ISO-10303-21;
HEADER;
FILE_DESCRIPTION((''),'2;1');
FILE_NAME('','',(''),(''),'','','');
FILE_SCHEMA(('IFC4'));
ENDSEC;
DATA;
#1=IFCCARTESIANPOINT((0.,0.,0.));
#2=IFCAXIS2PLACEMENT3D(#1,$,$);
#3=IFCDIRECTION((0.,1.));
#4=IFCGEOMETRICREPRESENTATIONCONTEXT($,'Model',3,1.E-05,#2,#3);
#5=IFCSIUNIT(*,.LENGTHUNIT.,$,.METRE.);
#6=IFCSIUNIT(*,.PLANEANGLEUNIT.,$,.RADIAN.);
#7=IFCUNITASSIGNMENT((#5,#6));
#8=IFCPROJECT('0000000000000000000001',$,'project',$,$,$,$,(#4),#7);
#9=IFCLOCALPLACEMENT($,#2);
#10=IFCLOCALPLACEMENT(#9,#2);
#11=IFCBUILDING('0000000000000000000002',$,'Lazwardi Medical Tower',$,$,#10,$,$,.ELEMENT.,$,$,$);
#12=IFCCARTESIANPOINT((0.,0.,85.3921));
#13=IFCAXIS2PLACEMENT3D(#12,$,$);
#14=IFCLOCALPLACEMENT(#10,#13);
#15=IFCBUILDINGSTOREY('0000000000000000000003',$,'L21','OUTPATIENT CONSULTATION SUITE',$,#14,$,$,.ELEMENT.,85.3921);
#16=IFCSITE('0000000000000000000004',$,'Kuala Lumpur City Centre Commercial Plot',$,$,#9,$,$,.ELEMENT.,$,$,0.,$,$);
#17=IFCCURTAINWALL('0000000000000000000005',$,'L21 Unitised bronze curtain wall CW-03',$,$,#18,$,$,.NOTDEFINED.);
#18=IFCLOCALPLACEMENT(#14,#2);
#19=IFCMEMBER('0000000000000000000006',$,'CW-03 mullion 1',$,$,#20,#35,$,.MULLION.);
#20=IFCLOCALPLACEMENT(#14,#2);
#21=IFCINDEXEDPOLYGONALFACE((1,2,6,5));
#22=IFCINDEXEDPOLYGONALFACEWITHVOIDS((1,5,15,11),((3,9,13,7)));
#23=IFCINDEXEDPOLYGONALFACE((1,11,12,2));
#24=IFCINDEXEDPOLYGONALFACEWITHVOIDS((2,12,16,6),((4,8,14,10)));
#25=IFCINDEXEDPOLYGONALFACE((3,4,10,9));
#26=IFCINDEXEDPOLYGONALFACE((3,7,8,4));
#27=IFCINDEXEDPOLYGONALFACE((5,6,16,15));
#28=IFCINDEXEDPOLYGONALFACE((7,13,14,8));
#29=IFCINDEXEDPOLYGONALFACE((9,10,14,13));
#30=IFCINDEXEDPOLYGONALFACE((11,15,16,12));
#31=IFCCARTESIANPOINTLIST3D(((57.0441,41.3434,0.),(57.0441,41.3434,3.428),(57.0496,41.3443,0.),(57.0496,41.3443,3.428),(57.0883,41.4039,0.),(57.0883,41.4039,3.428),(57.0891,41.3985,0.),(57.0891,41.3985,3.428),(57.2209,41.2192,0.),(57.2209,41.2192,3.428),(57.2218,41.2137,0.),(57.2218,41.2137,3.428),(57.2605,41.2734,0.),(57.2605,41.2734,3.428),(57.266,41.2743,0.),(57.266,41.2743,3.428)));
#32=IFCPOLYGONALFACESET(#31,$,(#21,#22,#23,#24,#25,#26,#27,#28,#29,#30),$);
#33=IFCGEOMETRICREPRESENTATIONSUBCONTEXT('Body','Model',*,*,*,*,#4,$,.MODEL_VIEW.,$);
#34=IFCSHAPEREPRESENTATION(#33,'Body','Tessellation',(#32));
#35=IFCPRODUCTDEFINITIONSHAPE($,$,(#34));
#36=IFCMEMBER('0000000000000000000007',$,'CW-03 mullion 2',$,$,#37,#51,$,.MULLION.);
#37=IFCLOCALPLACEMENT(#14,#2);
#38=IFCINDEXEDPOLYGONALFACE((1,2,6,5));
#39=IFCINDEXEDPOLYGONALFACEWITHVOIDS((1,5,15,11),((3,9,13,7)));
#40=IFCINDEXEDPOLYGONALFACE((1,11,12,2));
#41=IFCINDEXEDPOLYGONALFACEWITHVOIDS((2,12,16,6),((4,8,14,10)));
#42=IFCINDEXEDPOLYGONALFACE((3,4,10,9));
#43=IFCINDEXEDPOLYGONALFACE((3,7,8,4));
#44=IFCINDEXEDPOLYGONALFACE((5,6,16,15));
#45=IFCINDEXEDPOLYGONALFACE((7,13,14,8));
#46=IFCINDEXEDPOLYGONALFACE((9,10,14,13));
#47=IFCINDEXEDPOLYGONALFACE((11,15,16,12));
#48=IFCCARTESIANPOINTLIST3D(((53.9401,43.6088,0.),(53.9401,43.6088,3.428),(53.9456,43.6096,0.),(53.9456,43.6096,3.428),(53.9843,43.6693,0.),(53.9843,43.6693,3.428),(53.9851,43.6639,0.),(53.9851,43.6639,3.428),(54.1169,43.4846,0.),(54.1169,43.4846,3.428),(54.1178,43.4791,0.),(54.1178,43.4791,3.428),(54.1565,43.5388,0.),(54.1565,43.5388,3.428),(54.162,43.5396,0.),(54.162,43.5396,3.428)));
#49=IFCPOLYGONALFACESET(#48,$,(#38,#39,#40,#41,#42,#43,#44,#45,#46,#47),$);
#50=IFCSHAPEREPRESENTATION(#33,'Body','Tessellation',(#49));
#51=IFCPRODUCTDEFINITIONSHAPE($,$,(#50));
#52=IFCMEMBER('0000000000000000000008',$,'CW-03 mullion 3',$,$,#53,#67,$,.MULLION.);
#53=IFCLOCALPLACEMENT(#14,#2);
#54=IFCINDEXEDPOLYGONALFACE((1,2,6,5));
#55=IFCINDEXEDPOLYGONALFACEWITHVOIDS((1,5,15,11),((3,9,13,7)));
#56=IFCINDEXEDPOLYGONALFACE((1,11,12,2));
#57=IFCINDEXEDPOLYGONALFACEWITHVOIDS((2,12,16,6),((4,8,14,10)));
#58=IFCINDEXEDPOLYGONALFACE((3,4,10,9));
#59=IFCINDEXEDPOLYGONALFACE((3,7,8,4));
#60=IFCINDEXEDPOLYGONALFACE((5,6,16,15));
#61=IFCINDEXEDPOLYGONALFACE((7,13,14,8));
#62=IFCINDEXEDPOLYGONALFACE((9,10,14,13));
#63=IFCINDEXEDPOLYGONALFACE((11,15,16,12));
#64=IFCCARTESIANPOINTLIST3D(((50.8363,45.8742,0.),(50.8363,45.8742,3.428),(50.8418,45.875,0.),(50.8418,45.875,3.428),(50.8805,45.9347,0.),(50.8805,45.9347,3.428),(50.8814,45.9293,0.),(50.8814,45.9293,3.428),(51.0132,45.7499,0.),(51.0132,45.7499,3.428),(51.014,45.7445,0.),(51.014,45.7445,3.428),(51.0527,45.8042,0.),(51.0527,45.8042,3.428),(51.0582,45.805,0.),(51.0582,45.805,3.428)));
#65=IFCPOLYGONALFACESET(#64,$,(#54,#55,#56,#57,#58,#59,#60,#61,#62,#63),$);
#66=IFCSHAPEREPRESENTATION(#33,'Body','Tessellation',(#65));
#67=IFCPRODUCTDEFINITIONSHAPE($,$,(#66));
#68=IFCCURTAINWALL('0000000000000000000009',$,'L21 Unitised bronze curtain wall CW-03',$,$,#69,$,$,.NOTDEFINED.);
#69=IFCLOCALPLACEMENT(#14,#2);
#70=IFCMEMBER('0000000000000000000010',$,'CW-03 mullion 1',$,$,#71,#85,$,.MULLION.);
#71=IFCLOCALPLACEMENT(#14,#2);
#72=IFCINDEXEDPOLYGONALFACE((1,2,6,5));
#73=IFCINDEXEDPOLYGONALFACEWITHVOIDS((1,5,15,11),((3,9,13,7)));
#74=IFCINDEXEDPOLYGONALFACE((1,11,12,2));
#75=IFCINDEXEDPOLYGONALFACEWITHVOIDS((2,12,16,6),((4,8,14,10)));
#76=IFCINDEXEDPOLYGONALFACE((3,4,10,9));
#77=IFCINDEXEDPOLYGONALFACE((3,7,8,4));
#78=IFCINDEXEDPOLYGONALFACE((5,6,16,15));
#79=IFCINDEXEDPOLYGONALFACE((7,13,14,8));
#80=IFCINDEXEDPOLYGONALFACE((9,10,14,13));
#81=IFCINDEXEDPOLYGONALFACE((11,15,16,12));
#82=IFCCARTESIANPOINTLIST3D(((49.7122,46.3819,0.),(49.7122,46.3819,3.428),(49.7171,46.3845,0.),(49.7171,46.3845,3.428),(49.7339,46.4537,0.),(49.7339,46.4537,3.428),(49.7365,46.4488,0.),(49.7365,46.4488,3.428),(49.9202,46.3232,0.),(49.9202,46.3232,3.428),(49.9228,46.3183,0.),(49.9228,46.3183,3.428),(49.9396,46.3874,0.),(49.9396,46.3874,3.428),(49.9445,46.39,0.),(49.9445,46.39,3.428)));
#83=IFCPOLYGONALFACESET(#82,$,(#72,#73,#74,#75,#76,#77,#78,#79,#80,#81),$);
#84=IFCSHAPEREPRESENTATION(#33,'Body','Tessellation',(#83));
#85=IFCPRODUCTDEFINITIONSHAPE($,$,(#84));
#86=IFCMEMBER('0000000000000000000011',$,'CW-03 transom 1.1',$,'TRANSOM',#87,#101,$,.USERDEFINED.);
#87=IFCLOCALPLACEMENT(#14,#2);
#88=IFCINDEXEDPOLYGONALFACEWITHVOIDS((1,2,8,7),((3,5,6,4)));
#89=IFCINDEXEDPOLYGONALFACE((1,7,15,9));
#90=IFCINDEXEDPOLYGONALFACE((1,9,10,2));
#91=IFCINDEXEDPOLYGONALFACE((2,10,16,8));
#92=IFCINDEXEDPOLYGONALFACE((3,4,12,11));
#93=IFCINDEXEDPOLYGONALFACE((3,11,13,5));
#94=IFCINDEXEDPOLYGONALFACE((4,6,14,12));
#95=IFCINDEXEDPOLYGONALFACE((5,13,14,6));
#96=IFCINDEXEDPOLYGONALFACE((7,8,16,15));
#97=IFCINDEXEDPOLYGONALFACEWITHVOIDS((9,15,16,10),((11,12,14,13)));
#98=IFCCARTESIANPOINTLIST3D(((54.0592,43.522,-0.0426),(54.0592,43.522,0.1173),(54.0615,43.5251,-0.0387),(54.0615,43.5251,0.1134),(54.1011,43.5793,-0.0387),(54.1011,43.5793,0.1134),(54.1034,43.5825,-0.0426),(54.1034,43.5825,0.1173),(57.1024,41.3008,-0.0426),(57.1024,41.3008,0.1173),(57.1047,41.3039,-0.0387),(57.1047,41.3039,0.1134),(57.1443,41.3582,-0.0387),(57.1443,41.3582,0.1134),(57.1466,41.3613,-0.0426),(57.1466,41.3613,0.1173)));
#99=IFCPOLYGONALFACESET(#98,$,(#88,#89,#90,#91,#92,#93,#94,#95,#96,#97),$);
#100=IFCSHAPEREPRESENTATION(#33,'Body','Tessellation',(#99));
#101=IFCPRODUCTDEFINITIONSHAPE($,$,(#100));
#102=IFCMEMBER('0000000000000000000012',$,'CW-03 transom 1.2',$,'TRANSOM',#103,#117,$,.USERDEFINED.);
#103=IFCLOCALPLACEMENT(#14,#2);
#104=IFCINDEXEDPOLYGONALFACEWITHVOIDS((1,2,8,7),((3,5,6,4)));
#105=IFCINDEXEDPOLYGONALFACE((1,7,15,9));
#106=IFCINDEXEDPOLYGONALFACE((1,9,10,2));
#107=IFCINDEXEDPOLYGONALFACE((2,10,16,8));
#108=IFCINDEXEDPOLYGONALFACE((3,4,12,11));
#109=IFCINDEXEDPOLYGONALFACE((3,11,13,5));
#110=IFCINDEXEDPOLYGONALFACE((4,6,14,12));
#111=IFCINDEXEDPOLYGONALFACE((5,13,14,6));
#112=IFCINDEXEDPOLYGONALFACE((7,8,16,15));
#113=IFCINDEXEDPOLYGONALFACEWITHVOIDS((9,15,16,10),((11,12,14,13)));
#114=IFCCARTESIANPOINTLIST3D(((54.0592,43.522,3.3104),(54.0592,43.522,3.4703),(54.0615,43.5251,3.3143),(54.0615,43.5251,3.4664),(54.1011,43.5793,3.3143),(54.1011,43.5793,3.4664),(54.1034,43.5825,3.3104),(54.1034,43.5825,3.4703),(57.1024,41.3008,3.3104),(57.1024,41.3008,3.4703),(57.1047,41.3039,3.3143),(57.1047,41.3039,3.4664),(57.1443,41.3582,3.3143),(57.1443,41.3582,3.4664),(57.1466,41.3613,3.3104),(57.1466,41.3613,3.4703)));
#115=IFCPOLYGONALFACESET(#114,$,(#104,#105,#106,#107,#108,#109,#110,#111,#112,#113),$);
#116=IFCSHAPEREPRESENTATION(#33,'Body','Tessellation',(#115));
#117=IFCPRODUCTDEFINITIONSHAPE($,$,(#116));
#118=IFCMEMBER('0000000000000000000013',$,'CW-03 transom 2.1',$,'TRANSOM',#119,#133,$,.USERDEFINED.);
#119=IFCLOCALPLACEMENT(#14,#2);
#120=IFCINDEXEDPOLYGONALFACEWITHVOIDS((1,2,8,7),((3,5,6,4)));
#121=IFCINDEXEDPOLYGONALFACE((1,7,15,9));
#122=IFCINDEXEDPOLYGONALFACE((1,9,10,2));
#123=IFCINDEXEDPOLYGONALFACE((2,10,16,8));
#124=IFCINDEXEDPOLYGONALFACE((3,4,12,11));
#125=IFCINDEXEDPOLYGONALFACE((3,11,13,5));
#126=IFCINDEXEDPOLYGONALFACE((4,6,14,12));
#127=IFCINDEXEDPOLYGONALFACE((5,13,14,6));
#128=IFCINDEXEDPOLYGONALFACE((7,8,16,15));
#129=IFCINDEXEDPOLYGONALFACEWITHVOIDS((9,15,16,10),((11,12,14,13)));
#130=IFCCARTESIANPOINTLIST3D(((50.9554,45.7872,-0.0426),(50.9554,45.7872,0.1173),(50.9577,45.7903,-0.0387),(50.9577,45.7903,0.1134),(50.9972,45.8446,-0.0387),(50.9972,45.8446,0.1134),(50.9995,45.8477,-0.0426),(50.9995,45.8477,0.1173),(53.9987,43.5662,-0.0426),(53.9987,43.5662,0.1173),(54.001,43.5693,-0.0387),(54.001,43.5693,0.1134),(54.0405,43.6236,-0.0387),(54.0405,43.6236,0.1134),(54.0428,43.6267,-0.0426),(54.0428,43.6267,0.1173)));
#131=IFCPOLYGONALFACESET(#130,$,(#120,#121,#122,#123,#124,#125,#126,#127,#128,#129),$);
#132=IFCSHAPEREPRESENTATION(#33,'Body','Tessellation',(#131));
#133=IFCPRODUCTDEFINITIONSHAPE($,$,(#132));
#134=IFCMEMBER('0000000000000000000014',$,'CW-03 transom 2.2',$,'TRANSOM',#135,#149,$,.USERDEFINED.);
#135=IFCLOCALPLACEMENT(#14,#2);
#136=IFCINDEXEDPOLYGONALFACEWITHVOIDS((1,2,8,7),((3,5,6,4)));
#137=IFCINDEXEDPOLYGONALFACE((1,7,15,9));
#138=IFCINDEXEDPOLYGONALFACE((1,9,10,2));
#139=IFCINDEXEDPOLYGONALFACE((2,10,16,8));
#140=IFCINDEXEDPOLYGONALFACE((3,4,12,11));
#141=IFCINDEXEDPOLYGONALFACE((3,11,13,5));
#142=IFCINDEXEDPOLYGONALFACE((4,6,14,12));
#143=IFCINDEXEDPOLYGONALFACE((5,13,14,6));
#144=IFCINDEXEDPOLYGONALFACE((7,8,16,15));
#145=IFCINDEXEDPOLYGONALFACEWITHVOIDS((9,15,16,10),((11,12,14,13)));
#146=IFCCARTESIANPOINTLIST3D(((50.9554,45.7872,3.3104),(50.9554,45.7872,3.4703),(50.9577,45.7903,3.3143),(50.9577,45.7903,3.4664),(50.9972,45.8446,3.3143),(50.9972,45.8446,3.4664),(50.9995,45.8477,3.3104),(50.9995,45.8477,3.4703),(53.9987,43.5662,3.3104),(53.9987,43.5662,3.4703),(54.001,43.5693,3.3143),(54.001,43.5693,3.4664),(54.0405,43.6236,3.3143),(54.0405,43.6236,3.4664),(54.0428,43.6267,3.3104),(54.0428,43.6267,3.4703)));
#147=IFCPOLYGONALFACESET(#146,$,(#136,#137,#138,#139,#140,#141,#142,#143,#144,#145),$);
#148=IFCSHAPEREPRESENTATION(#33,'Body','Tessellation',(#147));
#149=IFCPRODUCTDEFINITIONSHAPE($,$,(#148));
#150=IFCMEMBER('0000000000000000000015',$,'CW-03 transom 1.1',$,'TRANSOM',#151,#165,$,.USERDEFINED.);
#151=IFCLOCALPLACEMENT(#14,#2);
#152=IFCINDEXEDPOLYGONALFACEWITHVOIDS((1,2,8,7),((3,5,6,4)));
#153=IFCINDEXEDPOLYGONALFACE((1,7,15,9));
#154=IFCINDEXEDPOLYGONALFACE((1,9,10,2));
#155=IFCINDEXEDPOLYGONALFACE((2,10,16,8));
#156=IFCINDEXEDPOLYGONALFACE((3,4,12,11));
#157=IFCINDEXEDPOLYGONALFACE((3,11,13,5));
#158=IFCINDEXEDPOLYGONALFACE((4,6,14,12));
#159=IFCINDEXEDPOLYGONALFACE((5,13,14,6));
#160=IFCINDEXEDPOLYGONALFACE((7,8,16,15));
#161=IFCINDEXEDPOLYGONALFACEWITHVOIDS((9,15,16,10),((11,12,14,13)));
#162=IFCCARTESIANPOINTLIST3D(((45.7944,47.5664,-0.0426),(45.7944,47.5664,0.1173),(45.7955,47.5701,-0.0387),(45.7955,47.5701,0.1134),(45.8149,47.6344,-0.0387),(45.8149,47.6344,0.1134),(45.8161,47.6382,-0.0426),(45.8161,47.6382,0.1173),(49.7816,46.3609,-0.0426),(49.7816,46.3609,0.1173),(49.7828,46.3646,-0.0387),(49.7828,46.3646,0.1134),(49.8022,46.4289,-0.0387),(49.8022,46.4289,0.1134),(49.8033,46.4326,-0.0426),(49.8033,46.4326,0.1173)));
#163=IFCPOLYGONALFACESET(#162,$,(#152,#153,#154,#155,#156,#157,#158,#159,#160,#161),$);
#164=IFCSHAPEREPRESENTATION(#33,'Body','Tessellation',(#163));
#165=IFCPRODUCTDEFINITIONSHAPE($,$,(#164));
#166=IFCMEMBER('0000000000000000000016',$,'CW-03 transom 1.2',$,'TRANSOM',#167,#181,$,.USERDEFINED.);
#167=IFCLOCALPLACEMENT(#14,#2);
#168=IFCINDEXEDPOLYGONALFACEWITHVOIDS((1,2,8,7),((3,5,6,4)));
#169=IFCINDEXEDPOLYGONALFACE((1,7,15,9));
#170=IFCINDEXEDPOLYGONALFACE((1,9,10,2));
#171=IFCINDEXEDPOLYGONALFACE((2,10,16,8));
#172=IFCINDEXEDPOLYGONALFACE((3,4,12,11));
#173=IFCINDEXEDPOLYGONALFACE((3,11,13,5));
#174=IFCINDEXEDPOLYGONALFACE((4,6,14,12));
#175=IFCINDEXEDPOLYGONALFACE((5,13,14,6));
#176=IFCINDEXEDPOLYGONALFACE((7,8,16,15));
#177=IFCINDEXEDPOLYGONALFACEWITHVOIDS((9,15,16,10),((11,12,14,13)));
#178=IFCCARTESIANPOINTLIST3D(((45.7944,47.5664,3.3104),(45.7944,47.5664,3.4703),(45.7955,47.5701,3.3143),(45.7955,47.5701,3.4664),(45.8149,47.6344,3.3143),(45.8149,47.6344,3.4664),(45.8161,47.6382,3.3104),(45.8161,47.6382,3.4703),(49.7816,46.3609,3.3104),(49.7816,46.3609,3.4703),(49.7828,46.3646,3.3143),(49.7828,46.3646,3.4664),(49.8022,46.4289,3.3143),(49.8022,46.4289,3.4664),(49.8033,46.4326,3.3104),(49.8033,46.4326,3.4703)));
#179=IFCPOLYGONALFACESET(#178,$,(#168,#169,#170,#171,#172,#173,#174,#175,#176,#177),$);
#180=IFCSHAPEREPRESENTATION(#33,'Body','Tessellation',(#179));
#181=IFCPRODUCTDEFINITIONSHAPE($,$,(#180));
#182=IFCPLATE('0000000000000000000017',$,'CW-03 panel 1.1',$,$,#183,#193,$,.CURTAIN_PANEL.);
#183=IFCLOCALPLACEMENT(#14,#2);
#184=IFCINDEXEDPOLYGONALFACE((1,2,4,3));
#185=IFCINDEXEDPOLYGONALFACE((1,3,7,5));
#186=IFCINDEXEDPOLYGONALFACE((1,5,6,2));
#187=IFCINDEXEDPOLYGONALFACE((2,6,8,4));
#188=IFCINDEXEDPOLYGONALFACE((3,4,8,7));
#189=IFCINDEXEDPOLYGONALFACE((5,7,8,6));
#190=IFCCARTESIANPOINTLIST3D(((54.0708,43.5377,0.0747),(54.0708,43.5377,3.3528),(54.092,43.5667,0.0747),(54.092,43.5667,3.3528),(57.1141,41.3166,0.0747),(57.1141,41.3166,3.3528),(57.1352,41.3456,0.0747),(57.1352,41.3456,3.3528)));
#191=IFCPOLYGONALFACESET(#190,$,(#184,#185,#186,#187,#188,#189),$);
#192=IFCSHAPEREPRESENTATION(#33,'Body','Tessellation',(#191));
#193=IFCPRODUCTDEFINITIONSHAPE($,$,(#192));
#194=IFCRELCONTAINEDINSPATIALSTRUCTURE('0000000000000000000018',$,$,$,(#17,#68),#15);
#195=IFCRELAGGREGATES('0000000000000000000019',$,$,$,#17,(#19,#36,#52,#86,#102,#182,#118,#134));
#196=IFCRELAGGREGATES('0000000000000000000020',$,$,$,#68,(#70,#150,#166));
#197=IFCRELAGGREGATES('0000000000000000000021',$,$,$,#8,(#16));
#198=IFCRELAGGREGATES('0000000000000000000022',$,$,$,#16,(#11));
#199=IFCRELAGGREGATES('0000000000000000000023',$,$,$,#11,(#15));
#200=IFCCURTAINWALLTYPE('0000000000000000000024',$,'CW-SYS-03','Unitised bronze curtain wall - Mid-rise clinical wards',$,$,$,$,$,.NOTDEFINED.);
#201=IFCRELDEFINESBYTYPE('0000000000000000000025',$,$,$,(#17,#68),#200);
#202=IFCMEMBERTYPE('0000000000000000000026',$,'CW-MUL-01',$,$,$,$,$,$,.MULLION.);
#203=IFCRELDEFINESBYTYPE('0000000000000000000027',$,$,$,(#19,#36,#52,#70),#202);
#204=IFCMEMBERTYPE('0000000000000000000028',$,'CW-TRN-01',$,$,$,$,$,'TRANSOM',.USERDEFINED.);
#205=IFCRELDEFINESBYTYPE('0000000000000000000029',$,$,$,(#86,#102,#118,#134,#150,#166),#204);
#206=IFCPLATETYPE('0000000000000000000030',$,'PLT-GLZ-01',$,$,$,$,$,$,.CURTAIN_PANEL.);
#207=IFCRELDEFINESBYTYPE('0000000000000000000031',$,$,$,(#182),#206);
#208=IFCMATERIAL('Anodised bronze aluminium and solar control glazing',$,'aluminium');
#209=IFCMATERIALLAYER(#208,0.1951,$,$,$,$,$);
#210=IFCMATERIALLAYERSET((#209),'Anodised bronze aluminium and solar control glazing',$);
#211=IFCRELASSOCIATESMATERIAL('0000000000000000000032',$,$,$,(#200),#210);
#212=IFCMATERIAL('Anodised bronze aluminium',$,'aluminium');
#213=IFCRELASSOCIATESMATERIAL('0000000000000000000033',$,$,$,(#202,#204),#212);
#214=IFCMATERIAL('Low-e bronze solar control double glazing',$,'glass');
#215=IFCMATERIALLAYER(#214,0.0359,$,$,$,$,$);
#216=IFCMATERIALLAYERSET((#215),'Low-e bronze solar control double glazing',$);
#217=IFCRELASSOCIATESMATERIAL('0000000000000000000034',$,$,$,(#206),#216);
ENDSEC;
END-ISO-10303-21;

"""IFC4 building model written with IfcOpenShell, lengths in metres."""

from ifc_helpers import new_model, si_unit, direction, frame, origin, origin_2d, place, context, subcontext, project, spatial, rectangle, hollow_rectangle, extrude, material, layer, layer_set, material_profile, profile_set, type_object, element, aggregate, save


model = new_model("IFC4")

# Units and contexts
model_context = context("Model", 3, precision=1e-05, world=origin(), true_north=direction((0.0, 1.0)))
body_context = subcontext(model_context, "Body", "Model", "MODEL_VIEW")
ifc_project = project(units=[si_unit("LENGTHUNIT", "METRE"), si_unit("PLANEANGLEUNIT", "RADIAN")], contexts=[model_context])

# Site, building, storey
site_placement = place(None, origin())
site = spatial("IfcSite", under=ifc_project, at=site_placement, Name="Kuala Lumpur City Centre Commercial Plot", CompositionType="ELEMENT", RefElevation=0.0)
building_placement = place(site_placement, origin())
building = spatial("IfcBuilding", under=site, at=building_placement, Name="Lazwardi Medical Tower", CompositionType="ELEMENT")
storey_placement = place(building_placement, frame((0.0, 0.0, 85.3921)))
storey = spatial("IfcBuildingStorey", under=building, at=storey_placement, Name="L21", Description="OUTPATIENT CONSULTATION SUITE", CompositionType="ELEMENT", Elevation=85.3921)

# Shared definitions
ifc_material_1 = material(Name="Anodised bronze aluminium and solar control glazing", Category="aluminium")
ifc_layer_1 = layer(ifc_material_1, 0.1951)
ifc_layer_set_1 = layer_set([ifc_layer_1], Name="Anodised bronze aluminium and solar control glazing")
curtain_wall_type = type_object("IfcCurtainWallType", Name="CW-SYS-03", Description="Unitised bronze curtain wall - Mid-rise clinical wards", PredefinedType="NOTDEFINED", material=ifc_layer_set_1)
ifc_material_2 = material(Name="Anodised bronze aluminium", Category="aluminium")
ifc_material_profile_1 = material_profile(ifc_material_2, hollow_rectangle(XDim=0.075, YDim=0.22, WallThickness=0.0039, at=origin_2d()), Name="ALU-MULLION 220x75x4")
ifc_profile_set_1 = profile_set([ifc_material_profile_1], Name="Anodised bronze aluminium")
member_type_1 = type_object("IfcMemberType", Name="CW-MUL-01", PredefinedType="MULLION", material=ifc_profile_set_1)

# Curtain wall, members
curtain_wall_1_placement = place(storey_placement, origin())
curtain_wall_1 = element("IfcCurtainWall", 1, at=curtain_wall_1_placement, inside=storey, type_object=curtain_wall_type, Name="L21 Unitised bronze curtain wall CW-03", PredefinedType="NOTDEFINED")
member_1_placement = place(storey_placement, frame((57.155, 41.3088, 0.0), z_axis=(0.0, 0.0, 1.0), x_axis=(-0.589531, -0.807746, 0.0)))
member_1 = element("IfcMember", 2, at=member_1_placement, type_object=member_type_1, Name="CW-03 mullion 1", PredefinedType="MULLION", context=body_context, shape_type="SweptSolid", body=[
    extrude(hollow_rectangle(XDim=0.075, YDim=0.22, WallThickness=0.0039, at=origin_2d()), origin(), (0.0, 0.0, 1.0), 3.428),
])
member_2_placement = place(storey_placement, frame((54.051, 43.5742, 0.0), z_axis=(0.0, 0.0, 1.0), x_axis=(-0.589531, -0.807746, 0.0)))
member_2 = element("IfcMember", 3, at=member_2_placement, type_object=member_type_1, Name="CW-03 mullion 2", PredefinedType="MULLION", context=body_context, shape_type="SweptSolid", body=[
    extrude(hollow_rectangle(XDim=0.075, YDim=0.22, WallThickness=0.0039, at=origin_2d()), origin(), (0.0, 0.0, 1.0), 3.428),
])
member_3_placement = place(storey_placement, frame((50.9473, 45.8396, 0.0), z_axis=(0.0, 0.0, 1.0), x_axis=(-0.589531, -0.807746, 0.0)))
member_3 = element("IfcMember", 4, at=member_3_placement, type_object=member_type_1, Name="CW-03 mullion 3", PredefinedType="MULLION", context=body_context, shape_type="SweptSolid", body=[
    extrude(hollow_rectangle(XDim=0.075, YDim=0.22, WallThickness=0.0039, at=origin_2d()), origin(), (0.0, 0.0, 1.0), 3.428),
])

# Curtain wall, member
curtain_wall_2_placement = place(storey_placement, origin())
curtain_wall_2 = element("IfcCurtainWall", 5, at=curtain_wall_2_placement, inside=storey, type_object=curtain_wall_type, Name="L21 Unitised bronze curtain wall CW-03", PredefinedType="NOTDEFINED")
member_4_placement = place(storey_placement, frame((49.8284, 46.386, 0.0), z_axis=(0.0, 0.0, 1.0), x_axis=(-0.289374, -0.957216, 0.0)))
member_4 = element("IfcMember", 6, at=member_4_placement, type_object=member_type_1, Name="CW-03 mullion 1", PredefinedType="MULLION", context=body_context, shape_type="SweptSolid", body=[
    extrude(hollow_rectangle(XDim=0.075, YDim=0.22, WallThickness=0.0039, at=origin_2d()), origin(), (0.0, 0.0, 1.0), 3.428),
])

# Members
ifc_material_profile_2 = material_profile(ifc_material_2, hollow_rectangle(XDim=0.075, YDim=0.1599, WallThickness=0.0039, at=origin_2d()), Name="ALU-TRANSOM 160x75x4")
ifc_profile_set_2 = profile_set([ifc_material_profile_2], Name="Anodised bronze aluminium")
member_type_2 = type_object("IfcMemberType", Name="CW-TRN-01", ElementType="TRANSOM", PredefinedType="USERDEFINED", material=ifc_profile_set_2)
member_5_placement = place(storey_placement, frame((57.1245, 41.3311, 0.0374), z_axis=(-0.807732, 0.58955, 0.0), x_axis=(-0.58955, -0.807732, 0.0)))
member_5 = element("IfcMember", 7, at=member_5_placement, type_object=member_type_2, Name="CW-03 transom 1.1", ObjectType="TRANSOM", PredefinedType="USERDEFINED", context=body_context, shape_type="SweptSolid", body=[
    extrude(hollow_rectangle(XDim=0.075, YDim=0.1599, WallThickness=0.0039, at=origin_2d()), origin(), (0.0, 0.0, 1.0), 3.7676),
])
member_6_placement = place(storey_placement, frame((57.1245, 41.3311, 3.3904), z_axis=(-0.807732, 0.58955, 0.0), x_axis=(-0.58955, -0.807732, 0.0)))
member_6 = element("IfcMember", 8, at=member_6_placement, type_object=member_type_2, Name="CW-03 transom 1.2", ObjectType="TRANSOM", PredefinedType="USERDEFINED", context=body_context, shape_type="SweptSolid", body=[
    extrude(hollow_rectangle(XDim=0.075, YDim=0.1599, WallThickness=0.0039, at=origin_2d()), origin(), (0.0, 0.0, 1.0), 3.7676),
])
member_7_placement = place(storey_placement, frame((54.0208, 43.5964, 0.0374), z_axis=(-0.807763, 0.589508, 0.0), x_axis=(-0.589508, -0.807763, 0.0)))
member_7 = element("IfcMember", 9, at=member_7_placement, type_object=member_type_2, Name="CW-03 transom 2.1", ObjectType="TRANSOM", PredefinedType="USERDEFINED", context=body_context, shape_type="SweptSolid", body=[
    extrude(hollow_rectangle(XDim=0.075, YDim=0.1599, WallThickness=0.0039, at=origin_2d()), origin(), (0.0, 0.0, 1.0), 3.7676),
])
member_8_placement = place(storey_placement, frame((54.0208, 43.5964, 3.3904), z_axis=(-0.807763, 0.589508, 0.0), x_axis=(-0.589508, -0.807763, 0.0)))
member_8 = element("IfcMember", 10, at=member_8_placement, type_object=member_type_2, Name="CW-03 transom 2.2", ObjectType="TRANSOM", PredefinedType="USERDEFINED", context=body_context, shape_type="SweptSolid", body=[
    extrude(hollow_rectangle(XDim=0.075, YDim=0.1599, WallThickness=0.0039, at=origin_2d()), origin(), (0.0, 0.0, 1.0), 3.7676),
])
member_9_placement = place(storey_placement, frame((49.7925, 46.3967, 0.0374), z_axis=(-0.957205, 0.289412, 0.0), x_axis=(-0.289412, -0.957205, 0.0)))
member_9 = element("IfcMember", 11, at=member_9_placement, type_object=member_type_2, Name="CW-03 transom 1.1", ObjectType="TRANSOM", PredefinedType="USERDEFINED", context=body_context, shape_type="SweptSolid", body=[
    extrude(hollow_rectangle(XDim=0.075, YDim=0.1599, WallThickness=0.0039, at=origin_2d()), origin(), (0.0, 0.0, 1.0), 4.1655),
])
member_10_placement = place(storey_placement, frame((49.7925, 46.3967, 3.3904), z_axis=(-0.957205, 0.289412, 0.0), x_axis=(-0.289412, -0.957205, 0.0)))
member_10 = element("IfcMember", 12, at=member_10_placement, type_object=member_type_2, Name="CW-03 transom 1.2", ObjectType="TRANSOM", PredefinedType="USERDEFINED", context=body_context, shape_type="SweptSolid", body=[
    extrude(hollow_rectangle(XDim=0.075, YDim=0.1599, WallThickness=0.0039, at=origin_2d()), origin(), (0.0, 0.0, 1.0), 4.1655),
])

# Plate
ifc_material_3 = material(Name="Low-e bronze solar control double glazing", Category="glass")
ifc_layer_2 = layer(ifc_material_3, 0.0359)
ifc_layer_set_2 = layer_set([ifc_layer_2], Name="Low-e bronze solar control double glazing")
plate_type = type_object("IfcPlateType", Name="PLT-GLZ-01", PredefinedType="CURTAIN_PANEL", material=ifc_layer_set_2)
plate_1_placement = place(storey_placement, frame((55.603, 42.4417, 0.0747), z_axis=(0.0, 0.0, 1.0), x_axis=(-0.807746, 0.589531, 0.0)))
plate_1 = element("IfcPlate", 13, at=plate_1_placement, type_object=plate_type, Name="CW-03 panel 1.1", PredefinedType="CURTAIN_PANEL", context=body_context, shape_type="SweptSolid", body=[
    extrude(rectangle(XDim=3.7676, YDim=0.0359, at=origin_2d()), origin(), (0.0, 0.0, 1.0), 3.2781),
])
aggregate(curtain_wall_1, [member_1, member_2, member_3, member_5, member_6, plate_1, member_7, member_8])
aggregate(curtain_wall_2, [member_4, member_9, member_10])

save(model, "model.ifc")
